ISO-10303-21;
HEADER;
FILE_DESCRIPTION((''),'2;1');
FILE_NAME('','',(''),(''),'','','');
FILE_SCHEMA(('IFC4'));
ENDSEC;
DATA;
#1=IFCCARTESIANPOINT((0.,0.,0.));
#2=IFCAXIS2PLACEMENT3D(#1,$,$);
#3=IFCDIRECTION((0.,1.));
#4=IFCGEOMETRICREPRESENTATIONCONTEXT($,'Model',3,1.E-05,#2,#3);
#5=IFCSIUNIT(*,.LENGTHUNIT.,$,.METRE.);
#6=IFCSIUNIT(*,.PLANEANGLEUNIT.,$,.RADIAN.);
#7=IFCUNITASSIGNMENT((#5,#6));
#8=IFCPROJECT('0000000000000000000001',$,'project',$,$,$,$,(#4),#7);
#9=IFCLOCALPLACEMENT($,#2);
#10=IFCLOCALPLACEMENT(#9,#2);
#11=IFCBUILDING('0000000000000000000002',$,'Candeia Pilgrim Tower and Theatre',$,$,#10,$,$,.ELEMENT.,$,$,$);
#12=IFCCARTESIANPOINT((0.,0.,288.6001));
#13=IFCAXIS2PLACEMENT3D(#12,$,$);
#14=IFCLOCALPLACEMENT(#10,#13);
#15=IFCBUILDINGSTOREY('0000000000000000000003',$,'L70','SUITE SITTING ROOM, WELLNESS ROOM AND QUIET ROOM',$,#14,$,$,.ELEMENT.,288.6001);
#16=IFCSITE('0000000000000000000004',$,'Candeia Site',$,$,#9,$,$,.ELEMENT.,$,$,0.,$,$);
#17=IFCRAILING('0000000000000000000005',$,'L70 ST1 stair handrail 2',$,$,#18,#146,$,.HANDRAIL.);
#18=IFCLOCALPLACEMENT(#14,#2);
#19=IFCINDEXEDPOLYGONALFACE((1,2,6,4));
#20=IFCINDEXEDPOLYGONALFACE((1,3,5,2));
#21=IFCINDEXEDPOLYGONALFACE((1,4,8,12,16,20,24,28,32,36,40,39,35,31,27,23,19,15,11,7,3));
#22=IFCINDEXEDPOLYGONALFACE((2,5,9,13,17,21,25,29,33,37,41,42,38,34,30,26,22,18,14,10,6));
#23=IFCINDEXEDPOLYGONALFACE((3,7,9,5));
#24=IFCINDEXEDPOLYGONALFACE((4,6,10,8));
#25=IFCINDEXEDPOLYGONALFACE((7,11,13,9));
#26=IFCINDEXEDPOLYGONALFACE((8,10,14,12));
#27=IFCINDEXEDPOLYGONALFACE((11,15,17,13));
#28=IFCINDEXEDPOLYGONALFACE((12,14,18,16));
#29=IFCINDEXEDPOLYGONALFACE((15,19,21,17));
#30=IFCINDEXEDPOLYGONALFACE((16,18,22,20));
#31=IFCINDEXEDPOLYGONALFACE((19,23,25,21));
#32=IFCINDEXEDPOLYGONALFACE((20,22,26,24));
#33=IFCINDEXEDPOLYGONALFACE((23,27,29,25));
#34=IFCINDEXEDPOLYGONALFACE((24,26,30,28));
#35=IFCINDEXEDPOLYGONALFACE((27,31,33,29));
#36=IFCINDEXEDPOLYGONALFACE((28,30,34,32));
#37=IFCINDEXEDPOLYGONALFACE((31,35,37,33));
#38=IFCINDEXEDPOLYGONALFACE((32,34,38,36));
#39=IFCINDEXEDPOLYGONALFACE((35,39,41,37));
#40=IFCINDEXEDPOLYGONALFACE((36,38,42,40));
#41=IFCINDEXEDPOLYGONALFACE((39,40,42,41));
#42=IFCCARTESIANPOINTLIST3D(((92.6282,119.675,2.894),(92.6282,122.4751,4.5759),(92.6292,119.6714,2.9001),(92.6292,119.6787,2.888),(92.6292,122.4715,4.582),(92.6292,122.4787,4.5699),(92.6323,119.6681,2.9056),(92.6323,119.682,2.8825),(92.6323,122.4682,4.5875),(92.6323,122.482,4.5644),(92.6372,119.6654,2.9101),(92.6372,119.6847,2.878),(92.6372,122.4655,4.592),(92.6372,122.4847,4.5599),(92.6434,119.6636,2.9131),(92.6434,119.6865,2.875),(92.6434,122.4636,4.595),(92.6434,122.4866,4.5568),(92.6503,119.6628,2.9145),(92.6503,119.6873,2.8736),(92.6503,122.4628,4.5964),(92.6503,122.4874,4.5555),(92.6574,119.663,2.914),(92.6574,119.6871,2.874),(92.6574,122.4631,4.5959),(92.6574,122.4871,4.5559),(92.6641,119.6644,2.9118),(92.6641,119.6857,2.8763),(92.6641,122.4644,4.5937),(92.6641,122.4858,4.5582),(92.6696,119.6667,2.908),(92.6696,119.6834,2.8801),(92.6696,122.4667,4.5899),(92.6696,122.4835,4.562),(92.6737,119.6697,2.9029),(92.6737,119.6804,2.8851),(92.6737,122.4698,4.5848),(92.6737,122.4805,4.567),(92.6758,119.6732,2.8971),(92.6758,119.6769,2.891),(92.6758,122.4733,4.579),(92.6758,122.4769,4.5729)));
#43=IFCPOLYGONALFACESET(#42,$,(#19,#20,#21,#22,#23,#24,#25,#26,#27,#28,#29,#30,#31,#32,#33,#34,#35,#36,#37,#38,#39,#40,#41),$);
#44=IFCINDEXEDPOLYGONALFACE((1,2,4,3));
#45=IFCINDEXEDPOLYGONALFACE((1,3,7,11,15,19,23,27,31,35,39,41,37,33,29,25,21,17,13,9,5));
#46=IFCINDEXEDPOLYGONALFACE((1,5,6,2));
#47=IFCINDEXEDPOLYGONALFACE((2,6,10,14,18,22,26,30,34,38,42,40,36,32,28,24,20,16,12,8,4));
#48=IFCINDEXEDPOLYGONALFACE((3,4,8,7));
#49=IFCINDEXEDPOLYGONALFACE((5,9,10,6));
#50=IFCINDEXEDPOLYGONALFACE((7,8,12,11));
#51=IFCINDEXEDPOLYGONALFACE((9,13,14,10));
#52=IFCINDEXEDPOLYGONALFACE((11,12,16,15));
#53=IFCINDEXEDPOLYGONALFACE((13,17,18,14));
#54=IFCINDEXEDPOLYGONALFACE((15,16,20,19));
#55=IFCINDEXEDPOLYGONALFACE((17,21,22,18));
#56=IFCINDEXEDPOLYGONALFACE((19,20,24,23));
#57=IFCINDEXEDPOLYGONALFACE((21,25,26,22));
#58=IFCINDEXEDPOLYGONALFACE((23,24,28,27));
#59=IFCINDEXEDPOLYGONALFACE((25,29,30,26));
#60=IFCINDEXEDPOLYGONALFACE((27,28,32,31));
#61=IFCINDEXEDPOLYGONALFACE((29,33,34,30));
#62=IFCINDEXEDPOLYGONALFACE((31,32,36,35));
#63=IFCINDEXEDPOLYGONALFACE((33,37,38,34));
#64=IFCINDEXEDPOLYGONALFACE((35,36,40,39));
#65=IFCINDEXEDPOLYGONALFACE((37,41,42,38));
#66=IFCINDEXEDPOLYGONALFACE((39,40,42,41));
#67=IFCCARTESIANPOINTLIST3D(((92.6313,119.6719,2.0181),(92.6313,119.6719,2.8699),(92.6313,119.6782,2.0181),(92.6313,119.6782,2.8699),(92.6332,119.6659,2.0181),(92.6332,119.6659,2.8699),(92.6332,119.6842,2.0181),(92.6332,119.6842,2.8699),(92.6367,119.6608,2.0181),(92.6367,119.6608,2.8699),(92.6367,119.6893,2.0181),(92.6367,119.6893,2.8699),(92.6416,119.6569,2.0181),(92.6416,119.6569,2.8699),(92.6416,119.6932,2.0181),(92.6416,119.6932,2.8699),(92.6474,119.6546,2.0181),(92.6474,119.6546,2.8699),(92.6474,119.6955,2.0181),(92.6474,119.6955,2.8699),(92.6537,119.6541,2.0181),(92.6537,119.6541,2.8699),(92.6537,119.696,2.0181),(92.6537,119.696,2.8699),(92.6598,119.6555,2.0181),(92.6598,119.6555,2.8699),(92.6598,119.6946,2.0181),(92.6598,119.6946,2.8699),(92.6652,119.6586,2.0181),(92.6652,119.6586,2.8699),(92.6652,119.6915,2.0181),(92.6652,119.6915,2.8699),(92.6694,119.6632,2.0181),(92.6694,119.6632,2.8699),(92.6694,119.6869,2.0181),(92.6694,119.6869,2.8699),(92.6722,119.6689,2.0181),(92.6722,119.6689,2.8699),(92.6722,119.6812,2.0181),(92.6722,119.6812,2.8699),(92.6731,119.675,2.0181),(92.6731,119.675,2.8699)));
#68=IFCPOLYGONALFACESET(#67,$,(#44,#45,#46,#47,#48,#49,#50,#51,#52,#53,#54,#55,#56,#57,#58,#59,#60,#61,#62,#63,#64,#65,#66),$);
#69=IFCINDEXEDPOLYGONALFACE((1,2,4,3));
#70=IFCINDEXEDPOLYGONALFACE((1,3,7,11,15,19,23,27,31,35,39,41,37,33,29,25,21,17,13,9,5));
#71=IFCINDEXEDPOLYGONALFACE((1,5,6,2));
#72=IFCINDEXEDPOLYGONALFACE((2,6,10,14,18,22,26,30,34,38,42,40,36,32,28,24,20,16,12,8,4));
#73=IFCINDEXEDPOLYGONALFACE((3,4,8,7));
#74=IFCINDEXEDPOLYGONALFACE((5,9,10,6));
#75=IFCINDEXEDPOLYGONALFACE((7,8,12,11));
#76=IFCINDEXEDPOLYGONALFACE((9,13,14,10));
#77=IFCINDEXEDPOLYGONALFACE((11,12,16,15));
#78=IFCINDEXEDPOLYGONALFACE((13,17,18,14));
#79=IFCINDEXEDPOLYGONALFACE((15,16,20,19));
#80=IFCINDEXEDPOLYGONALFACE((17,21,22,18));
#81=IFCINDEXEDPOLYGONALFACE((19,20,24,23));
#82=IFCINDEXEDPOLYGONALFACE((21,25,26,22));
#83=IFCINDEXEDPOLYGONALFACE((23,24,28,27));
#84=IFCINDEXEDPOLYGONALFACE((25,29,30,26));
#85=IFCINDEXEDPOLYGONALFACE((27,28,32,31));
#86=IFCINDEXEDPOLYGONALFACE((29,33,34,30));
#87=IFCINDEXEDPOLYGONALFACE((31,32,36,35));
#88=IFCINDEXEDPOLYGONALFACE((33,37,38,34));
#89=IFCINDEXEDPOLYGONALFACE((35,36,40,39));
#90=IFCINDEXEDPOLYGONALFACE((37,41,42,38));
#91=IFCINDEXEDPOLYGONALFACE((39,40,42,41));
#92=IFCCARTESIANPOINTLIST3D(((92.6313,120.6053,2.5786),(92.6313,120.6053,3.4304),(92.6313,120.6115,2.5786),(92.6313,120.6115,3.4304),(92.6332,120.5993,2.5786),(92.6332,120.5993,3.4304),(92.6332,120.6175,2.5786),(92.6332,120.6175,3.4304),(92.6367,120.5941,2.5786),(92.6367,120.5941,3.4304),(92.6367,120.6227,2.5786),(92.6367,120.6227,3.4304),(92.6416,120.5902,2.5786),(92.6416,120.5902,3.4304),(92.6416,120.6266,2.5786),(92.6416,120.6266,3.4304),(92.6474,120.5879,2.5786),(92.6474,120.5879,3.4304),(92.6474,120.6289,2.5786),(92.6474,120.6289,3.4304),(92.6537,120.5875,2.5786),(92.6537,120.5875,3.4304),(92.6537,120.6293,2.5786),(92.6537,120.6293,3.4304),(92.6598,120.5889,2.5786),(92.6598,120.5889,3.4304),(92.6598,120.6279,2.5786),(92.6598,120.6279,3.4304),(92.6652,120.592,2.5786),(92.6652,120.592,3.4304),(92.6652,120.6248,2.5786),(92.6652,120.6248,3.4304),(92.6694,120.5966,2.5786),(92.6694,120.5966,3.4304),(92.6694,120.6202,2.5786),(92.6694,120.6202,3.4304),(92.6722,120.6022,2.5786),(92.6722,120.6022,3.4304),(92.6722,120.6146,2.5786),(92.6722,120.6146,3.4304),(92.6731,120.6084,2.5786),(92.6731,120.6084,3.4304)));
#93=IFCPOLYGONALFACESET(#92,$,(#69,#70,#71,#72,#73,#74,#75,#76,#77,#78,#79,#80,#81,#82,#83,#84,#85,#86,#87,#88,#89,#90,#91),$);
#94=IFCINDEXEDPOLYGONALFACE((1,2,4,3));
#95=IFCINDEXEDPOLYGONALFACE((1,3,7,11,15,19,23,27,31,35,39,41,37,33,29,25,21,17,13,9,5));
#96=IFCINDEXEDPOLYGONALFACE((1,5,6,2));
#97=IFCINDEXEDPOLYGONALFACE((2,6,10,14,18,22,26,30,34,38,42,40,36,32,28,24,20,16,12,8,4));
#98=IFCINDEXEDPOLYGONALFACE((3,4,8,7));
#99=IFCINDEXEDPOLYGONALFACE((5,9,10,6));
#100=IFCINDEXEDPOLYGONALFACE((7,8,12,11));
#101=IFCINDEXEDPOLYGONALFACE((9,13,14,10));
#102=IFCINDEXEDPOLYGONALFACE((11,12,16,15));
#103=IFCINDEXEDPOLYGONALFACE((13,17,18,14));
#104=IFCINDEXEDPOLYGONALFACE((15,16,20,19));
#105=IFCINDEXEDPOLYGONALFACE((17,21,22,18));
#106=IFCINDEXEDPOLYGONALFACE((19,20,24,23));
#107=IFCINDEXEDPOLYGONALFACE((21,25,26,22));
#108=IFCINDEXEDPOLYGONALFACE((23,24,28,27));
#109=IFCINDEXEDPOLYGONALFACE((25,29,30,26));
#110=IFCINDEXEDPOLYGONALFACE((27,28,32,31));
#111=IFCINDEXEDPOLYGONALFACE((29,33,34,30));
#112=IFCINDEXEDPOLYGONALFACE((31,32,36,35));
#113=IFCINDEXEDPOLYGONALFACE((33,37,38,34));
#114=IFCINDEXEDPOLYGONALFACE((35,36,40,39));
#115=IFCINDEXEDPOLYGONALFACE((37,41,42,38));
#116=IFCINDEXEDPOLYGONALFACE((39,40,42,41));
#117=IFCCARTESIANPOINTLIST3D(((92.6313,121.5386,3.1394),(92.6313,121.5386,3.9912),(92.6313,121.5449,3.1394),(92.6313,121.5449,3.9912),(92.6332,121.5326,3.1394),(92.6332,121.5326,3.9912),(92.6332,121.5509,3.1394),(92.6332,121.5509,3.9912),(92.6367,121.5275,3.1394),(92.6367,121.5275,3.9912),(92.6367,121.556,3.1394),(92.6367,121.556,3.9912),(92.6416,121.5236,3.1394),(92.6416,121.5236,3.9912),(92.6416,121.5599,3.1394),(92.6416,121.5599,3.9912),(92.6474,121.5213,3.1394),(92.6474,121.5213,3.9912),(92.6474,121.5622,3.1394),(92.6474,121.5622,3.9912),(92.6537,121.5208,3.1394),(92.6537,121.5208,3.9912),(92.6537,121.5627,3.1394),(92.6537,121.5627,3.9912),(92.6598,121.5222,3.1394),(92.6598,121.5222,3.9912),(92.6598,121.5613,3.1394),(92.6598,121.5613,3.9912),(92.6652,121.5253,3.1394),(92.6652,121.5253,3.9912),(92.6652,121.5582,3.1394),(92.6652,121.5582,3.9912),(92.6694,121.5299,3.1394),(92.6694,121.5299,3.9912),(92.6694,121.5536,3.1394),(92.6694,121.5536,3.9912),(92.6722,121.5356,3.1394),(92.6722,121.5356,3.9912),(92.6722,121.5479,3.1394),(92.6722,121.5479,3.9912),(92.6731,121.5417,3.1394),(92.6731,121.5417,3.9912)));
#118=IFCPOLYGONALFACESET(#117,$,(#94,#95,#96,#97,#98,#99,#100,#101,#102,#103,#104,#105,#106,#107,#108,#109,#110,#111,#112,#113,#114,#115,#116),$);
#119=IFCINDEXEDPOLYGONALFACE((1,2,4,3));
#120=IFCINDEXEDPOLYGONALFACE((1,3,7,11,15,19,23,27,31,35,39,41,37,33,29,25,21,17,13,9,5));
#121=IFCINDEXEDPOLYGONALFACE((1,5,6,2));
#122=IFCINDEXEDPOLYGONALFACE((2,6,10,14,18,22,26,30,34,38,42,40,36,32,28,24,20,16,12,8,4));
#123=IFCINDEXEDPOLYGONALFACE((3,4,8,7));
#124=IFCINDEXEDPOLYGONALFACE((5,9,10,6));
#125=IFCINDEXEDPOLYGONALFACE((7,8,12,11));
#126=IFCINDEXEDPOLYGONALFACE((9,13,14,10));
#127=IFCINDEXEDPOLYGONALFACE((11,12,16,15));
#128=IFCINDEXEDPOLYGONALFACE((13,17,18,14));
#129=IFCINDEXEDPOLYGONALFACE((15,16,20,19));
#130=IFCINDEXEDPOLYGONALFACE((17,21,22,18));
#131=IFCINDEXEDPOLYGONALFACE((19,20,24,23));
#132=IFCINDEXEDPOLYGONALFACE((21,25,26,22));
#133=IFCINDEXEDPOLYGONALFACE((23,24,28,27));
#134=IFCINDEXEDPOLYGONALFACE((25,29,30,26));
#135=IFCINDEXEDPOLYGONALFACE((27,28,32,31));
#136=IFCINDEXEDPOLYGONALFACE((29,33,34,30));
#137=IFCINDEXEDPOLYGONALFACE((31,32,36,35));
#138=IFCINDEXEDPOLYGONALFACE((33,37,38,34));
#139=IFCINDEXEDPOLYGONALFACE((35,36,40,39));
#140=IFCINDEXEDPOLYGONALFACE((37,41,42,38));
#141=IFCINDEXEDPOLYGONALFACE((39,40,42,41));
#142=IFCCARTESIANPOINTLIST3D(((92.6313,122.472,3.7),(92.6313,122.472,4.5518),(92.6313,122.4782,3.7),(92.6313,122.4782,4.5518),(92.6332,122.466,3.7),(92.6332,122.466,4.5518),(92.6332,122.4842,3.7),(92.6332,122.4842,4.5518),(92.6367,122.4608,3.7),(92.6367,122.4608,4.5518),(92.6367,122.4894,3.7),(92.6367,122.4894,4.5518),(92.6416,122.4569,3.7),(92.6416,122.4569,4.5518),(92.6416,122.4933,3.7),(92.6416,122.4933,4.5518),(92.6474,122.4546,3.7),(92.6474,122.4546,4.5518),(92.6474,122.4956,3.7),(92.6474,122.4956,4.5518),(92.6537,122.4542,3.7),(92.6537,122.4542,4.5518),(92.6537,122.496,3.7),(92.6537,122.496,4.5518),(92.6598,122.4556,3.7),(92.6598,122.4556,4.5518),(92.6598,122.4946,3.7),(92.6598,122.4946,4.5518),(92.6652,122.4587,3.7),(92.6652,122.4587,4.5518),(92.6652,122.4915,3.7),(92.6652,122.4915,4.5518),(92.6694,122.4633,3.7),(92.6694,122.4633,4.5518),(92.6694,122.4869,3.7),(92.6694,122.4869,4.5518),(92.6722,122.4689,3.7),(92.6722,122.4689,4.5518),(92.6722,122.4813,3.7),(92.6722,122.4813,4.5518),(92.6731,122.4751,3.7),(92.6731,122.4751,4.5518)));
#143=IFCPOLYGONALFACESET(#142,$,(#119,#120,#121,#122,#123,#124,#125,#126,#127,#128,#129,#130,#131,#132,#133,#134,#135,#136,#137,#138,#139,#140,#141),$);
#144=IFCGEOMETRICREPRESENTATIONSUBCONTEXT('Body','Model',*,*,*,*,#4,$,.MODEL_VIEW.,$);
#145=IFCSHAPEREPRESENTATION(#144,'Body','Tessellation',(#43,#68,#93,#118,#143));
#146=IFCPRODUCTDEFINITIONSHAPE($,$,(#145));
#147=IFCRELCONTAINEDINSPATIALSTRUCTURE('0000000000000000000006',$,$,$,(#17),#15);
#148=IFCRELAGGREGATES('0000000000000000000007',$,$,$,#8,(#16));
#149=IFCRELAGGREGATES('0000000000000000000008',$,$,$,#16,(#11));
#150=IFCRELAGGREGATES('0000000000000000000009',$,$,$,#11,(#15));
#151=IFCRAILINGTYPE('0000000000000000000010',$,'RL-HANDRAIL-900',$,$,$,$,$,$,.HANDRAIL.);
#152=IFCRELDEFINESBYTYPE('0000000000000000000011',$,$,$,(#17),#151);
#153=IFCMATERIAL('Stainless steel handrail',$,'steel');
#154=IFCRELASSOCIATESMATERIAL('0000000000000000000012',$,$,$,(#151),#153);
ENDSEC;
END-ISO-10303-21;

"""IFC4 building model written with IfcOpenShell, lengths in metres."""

from ifc_helpers import new_model, si_unit, direction, frame, origin, origin_2d, place, context, subcontext, project, spatial, circle, extrude, material, type_object, element, save


model = new_model("IFC4")

# Units and contexts
model_context = context("Model", 3, precision=1e-05, world=origin(), true_north=direction((0.0, 1.0)))
body_context = subcontext(model_context, "Body", "Model", "MODEL_VIEW")
ifc_project = project(units=[si_unit("LENGTHUNIT", "METRE"), si_unit("PLANEANGLEUNIT", "RADIAN")], contexts=[model_context])

# Site, building, storey
site_placement = place(None, origin())
site = spatial("IfcSite", under=ifc_project, at=site_placement, Name="Candeia Site", CompositionType="ELEMENT", RefElevation=0.0)
building_placement = place(site_placement, origin())
building = spatial("IfcBuilding", under=site, at=building_placement, Name="Candeia Pilgrim Tower and Theatre", CompositionType="ELEMENT")
storey_placement = place(building_placement, frame((0.0, 0.0, 288.6001)))
storey = spatial("IfcBuildingStorey", under=building, at=storey_placement, Name="L70", Description="SUITE SITTING ROOM, WELLNESS ROOM AND QUIET ROOM", CompositionType="ELEMENT", Elevation=288.6001)

# Railing
ifc_material_1 = material(Name="Stainless steel handrail", Category="steel")
railing_type_1 = type_object("IfcRailingType", Name="RL-HANDRAIL-900", PredefinedType="HANDRAIL", material=ifc_material_1)
railing_1_placement = place(storey_placement, frame((92.6521, 119.675, 2.0181)))
element("IfcRailing", 1, at=railing_1_placement, inside=storey, type_object=railing_type_1, Name="L70 ST1 stair handrail 2", PredefinedType="HANDRAIL", context=body_context, shape_type="SweptSolid", body=[
    extrude(circle(Radius=0.0239, at=origin_2d()), frame((0.0, 0.0, 0.876), z_axis=(0.0, 0.857242, 0.514913), x_axis=(-1.0, 0.0, 0.0)), (0.0, 0.0, 1.0), 3.2664),
    extrude(circle(Radius=0.021, at=origin_2d()), origin(), (0.0, 0.0, 1.0), 0.8518),
    extrude(circle(Radius=0.021, at=origin_2d()), frame((0.0, 0.9333, 0.5605)), (0.0, 0.0, 1.0), 0.8518),
    extrude(circle(Radius=0.021, at=origin_2d()), frame((0.0, 1.8667, 1.1213)), (0.0, 0.0, 1.0), 0.8518),
    extrude(circle(Radius=0.021, at=origin_2d()), frame((0.0, 2.8, 1.6819)), (0.0, 0.0, 1.0), 0.8518),
])

save(model, "model.ifc")
